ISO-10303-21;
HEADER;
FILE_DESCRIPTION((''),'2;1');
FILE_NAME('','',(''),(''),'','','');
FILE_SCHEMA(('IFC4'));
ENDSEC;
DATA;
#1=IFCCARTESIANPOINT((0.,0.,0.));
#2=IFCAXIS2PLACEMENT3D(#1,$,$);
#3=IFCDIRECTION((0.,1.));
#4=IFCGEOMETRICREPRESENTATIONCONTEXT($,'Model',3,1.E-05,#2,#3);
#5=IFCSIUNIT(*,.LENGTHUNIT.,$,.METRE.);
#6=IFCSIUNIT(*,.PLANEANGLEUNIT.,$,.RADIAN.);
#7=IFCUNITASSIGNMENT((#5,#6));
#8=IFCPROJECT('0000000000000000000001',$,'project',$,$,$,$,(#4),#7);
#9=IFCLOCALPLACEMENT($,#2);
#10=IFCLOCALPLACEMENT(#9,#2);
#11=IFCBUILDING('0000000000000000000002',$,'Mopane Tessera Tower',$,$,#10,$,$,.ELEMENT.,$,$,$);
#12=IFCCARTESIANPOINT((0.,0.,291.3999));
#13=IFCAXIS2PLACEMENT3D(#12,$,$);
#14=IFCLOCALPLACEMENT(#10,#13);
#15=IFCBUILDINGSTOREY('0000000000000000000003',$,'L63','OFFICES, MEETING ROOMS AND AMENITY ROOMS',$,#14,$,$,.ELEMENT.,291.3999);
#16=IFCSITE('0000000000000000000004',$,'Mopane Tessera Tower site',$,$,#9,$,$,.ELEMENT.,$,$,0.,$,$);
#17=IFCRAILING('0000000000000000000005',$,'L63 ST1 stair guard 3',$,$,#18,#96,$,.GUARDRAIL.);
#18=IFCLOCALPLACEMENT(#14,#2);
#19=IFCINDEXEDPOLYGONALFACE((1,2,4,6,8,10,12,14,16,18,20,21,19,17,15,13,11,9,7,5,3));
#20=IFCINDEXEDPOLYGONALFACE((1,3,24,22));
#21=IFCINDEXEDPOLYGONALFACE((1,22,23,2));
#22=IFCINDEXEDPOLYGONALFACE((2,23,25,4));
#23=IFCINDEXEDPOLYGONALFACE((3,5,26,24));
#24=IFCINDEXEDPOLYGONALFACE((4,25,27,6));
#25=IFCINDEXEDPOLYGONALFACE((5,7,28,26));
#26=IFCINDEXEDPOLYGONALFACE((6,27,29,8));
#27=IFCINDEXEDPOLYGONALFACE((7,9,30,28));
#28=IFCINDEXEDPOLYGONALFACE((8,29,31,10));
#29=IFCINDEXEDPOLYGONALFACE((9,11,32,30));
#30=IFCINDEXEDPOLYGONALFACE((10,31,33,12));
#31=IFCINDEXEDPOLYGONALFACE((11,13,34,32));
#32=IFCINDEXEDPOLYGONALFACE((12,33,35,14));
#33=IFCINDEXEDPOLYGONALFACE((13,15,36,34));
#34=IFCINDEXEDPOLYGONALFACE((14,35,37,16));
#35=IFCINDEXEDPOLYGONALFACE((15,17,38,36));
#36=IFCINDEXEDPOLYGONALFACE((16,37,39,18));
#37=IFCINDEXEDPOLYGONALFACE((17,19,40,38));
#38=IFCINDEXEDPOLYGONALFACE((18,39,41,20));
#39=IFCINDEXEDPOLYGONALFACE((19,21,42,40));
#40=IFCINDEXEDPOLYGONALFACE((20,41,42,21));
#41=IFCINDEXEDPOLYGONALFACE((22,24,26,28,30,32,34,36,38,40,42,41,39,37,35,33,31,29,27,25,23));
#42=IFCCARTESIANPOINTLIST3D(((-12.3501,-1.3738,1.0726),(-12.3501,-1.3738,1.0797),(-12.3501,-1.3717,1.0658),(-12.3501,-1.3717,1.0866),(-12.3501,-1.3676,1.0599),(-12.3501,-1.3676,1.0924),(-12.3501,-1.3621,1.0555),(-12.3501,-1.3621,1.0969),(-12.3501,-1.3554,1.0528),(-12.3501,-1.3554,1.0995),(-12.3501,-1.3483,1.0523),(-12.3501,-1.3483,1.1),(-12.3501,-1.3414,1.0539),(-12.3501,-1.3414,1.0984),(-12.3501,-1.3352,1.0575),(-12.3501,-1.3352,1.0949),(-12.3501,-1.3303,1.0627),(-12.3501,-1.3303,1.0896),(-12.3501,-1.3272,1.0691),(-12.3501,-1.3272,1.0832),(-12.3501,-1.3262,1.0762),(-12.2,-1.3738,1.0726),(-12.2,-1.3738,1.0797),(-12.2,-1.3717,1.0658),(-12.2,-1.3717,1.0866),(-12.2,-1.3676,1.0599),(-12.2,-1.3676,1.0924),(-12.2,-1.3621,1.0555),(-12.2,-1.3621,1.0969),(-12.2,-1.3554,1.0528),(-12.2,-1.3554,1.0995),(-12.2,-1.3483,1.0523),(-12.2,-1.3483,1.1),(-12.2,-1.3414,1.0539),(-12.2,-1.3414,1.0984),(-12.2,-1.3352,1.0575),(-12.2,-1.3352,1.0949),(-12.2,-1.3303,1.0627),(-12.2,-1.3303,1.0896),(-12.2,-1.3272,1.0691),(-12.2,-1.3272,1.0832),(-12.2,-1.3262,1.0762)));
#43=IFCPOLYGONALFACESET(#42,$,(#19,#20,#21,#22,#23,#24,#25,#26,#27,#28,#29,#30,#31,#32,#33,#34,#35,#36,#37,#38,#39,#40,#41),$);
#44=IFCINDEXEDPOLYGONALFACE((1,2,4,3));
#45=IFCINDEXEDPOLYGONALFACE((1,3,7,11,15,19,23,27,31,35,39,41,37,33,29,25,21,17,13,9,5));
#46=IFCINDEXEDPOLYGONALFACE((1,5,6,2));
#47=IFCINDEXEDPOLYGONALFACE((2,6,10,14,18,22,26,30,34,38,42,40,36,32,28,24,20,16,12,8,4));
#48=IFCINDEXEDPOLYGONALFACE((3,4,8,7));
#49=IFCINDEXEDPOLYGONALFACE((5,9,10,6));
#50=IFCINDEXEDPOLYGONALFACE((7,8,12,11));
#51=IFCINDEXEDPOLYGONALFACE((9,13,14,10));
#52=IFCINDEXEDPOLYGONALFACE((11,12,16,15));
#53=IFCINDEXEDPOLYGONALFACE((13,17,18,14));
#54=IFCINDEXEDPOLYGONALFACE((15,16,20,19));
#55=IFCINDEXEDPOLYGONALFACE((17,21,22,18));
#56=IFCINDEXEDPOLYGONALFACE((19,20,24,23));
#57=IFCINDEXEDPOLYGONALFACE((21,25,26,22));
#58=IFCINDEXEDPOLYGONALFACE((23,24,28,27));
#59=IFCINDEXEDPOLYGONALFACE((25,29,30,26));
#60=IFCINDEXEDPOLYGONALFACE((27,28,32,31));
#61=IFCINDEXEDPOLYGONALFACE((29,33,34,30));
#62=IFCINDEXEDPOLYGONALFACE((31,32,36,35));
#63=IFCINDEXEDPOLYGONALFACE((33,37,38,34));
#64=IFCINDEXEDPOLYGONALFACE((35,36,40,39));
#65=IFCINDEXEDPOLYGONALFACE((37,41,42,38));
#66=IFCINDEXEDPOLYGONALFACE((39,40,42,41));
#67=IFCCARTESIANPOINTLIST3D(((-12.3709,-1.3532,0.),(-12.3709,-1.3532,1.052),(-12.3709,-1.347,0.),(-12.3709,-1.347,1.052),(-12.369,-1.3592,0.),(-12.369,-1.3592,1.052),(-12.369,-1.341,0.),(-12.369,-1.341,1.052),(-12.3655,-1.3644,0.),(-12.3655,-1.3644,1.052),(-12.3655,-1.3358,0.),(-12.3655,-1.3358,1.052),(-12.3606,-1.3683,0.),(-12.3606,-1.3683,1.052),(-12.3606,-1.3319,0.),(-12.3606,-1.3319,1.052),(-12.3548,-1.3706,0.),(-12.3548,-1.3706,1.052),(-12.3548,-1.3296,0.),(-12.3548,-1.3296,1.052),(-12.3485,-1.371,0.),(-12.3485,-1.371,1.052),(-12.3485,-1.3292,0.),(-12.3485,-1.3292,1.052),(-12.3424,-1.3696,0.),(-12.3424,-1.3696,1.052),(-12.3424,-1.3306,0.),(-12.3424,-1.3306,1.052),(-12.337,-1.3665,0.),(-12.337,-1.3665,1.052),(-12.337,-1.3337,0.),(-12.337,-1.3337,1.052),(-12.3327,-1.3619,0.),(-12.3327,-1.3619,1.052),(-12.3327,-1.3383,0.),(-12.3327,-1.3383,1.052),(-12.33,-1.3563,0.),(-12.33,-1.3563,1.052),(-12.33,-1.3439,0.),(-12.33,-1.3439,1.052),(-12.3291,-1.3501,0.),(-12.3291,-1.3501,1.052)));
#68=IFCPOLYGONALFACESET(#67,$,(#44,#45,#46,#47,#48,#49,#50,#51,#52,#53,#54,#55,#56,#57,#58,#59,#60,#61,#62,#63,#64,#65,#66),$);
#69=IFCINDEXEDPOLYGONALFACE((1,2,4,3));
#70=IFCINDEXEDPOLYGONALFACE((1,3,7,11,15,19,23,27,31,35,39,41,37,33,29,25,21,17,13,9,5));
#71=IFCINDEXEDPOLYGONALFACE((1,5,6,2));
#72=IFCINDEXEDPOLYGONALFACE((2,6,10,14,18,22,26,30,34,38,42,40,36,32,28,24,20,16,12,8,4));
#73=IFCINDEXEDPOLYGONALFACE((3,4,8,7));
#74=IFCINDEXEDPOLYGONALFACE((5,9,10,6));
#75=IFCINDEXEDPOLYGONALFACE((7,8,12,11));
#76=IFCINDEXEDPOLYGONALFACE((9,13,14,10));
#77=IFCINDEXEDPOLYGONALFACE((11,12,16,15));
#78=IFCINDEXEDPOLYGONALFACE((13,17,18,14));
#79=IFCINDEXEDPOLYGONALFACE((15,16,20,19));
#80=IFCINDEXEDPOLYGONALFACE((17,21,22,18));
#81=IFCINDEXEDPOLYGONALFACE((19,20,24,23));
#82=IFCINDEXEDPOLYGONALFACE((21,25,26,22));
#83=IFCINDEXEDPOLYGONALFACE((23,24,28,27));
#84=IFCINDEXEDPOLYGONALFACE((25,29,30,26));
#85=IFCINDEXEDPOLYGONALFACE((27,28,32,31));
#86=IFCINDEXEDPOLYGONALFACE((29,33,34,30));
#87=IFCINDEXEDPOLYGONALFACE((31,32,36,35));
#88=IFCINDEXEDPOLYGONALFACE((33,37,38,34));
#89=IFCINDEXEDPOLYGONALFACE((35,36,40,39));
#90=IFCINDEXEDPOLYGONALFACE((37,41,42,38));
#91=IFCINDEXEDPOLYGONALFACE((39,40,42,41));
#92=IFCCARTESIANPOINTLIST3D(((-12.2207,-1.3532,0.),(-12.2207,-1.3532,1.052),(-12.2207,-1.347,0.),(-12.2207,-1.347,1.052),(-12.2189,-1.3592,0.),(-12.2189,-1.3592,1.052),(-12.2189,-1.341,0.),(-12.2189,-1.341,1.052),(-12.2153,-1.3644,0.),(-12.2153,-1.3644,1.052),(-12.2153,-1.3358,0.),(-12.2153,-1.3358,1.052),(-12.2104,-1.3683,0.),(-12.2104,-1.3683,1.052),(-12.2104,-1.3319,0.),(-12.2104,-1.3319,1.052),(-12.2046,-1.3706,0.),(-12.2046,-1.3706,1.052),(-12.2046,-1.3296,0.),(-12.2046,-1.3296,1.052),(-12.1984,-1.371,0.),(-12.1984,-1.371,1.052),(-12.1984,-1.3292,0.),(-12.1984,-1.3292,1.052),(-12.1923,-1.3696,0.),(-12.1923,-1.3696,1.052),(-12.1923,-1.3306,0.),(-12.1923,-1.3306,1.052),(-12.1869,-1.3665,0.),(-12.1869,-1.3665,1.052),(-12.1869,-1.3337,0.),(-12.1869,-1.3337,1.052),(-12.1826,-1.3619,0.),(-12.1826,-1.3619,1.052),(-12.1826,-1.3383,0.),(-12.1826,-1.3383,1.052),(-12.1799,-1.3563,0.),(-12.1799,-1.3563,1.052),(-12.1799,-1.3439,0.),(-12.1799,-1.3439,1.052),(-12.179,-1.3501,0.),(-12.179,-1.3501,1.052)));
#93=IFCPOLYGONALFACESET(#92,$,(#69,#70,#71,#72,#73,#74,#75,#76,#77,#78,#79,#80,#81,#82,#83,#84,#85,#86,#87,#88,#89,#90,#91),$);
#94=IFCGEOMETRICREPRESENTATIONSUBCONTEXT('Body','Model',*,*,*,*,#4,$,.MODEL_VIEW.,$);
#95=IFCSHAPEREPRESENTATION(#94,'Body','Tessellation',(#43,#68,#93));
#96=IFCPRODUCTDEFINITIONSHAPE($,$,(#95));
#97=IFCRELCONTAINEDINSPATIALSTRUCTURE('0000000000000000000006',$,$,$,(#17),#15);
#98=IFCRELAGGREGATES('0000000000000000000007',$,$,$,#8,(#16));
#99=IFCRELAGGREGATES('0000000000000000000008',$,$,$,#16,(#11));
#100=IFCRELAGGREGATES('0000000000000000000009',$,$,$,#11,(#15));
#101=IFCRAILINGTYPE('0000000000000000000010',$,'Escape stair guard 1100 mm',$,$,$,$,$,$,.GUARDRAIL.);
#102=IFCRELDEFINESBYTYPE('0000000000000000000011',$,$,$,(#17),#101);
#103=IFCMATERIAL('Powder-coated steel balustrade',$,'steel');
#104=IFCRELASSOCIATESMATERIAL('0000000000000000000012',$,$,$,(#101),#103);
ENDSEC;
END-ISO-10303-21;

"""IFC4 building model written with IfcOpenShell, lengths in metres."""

from ifc_helpers import new_model, si_unit, direction, frame, origin, origin_2d, place, context, subcontext, project, spatial, circle, extrude, material, type_object, element, save


model = new_model("IFC4")

# Units and contexts
model_context = context("Model", 3, precision=1e-05, world=origin(), true_north=direction((0.0, 1.0)))
body_context = subcontext(model_context, "Body", "Model", "MODEL_VIEW")
ifc_project = project(units=[si_unit("LENGTHUNIT", "METRE"), si_unit("PLANEANGLEUNIT", "RADIAN")], contexts=[model_context])

# Site, building, storey
site_placement = place(None, origin())
site = spatial("IfcSite", under=ifc_project, at=site_placement, Name="Mopane Tessera Tower site", CompositionType="ELEMENT", RefElevation=0.0)
building_placement = place(site_placement, origin())
building = spatial("IfcBuilding", under=site, at=building_placement, Name="Mopane Tessera Tower", CompositionType="ELEMENT")
storey_placement = place(building_placement, frame((0.0, 0.0, 291.3999)))
storey = spatial("IfcBuildingStorey", under=building, at=storey_placement, Name="L63", Description="OFFICES, MEETING ROOMS AND AMENITY ROOMS", CompositionType="ELEMENT", Elevation=291.3999)

# Railing
ifc_material_1 = material(Name="Powder-coated steel balustrade", Category="steel")
railing_type_1 = type_object("IfcRailingType", Name="Escape stair guard 1100 mm", PredefinedType="GUARDRAIL", material=ifc_material_1)
railing_1_placement = place(storey_placement, frame((-12.3501, -1.3501, 0.0)))
element("IfcRailing", 1, at=railing_1_placement, inside=storey, type_object=railing_type_1, Name="L63 ST1 stair guard 3", PredefinedType="GUARDRAIL", context=body_context, shape_type="SweptSolid", body=[
    extrude(circle(Radius=0.0239, at=origin_2d()), frame((0.0, 0.0, 1.0762), z_axis=(1.0, 0.0, 0.0), x_axis=(0.0, 1.0, 0.0)), (0.0, 0.0, 1.0), 0.1501),
    extrude(circle(Radius=0.021, at=origin_2d()), origin(), (0.0, 0.0, 1.0), 1.052),
    extrude(circle(Radius=0.021, at=origin_2d()), frame((0.1501, 0.0, 0.0)), (0.0, 0.0, 1.0), 1.052),
])

save(model, "model.ifc")
